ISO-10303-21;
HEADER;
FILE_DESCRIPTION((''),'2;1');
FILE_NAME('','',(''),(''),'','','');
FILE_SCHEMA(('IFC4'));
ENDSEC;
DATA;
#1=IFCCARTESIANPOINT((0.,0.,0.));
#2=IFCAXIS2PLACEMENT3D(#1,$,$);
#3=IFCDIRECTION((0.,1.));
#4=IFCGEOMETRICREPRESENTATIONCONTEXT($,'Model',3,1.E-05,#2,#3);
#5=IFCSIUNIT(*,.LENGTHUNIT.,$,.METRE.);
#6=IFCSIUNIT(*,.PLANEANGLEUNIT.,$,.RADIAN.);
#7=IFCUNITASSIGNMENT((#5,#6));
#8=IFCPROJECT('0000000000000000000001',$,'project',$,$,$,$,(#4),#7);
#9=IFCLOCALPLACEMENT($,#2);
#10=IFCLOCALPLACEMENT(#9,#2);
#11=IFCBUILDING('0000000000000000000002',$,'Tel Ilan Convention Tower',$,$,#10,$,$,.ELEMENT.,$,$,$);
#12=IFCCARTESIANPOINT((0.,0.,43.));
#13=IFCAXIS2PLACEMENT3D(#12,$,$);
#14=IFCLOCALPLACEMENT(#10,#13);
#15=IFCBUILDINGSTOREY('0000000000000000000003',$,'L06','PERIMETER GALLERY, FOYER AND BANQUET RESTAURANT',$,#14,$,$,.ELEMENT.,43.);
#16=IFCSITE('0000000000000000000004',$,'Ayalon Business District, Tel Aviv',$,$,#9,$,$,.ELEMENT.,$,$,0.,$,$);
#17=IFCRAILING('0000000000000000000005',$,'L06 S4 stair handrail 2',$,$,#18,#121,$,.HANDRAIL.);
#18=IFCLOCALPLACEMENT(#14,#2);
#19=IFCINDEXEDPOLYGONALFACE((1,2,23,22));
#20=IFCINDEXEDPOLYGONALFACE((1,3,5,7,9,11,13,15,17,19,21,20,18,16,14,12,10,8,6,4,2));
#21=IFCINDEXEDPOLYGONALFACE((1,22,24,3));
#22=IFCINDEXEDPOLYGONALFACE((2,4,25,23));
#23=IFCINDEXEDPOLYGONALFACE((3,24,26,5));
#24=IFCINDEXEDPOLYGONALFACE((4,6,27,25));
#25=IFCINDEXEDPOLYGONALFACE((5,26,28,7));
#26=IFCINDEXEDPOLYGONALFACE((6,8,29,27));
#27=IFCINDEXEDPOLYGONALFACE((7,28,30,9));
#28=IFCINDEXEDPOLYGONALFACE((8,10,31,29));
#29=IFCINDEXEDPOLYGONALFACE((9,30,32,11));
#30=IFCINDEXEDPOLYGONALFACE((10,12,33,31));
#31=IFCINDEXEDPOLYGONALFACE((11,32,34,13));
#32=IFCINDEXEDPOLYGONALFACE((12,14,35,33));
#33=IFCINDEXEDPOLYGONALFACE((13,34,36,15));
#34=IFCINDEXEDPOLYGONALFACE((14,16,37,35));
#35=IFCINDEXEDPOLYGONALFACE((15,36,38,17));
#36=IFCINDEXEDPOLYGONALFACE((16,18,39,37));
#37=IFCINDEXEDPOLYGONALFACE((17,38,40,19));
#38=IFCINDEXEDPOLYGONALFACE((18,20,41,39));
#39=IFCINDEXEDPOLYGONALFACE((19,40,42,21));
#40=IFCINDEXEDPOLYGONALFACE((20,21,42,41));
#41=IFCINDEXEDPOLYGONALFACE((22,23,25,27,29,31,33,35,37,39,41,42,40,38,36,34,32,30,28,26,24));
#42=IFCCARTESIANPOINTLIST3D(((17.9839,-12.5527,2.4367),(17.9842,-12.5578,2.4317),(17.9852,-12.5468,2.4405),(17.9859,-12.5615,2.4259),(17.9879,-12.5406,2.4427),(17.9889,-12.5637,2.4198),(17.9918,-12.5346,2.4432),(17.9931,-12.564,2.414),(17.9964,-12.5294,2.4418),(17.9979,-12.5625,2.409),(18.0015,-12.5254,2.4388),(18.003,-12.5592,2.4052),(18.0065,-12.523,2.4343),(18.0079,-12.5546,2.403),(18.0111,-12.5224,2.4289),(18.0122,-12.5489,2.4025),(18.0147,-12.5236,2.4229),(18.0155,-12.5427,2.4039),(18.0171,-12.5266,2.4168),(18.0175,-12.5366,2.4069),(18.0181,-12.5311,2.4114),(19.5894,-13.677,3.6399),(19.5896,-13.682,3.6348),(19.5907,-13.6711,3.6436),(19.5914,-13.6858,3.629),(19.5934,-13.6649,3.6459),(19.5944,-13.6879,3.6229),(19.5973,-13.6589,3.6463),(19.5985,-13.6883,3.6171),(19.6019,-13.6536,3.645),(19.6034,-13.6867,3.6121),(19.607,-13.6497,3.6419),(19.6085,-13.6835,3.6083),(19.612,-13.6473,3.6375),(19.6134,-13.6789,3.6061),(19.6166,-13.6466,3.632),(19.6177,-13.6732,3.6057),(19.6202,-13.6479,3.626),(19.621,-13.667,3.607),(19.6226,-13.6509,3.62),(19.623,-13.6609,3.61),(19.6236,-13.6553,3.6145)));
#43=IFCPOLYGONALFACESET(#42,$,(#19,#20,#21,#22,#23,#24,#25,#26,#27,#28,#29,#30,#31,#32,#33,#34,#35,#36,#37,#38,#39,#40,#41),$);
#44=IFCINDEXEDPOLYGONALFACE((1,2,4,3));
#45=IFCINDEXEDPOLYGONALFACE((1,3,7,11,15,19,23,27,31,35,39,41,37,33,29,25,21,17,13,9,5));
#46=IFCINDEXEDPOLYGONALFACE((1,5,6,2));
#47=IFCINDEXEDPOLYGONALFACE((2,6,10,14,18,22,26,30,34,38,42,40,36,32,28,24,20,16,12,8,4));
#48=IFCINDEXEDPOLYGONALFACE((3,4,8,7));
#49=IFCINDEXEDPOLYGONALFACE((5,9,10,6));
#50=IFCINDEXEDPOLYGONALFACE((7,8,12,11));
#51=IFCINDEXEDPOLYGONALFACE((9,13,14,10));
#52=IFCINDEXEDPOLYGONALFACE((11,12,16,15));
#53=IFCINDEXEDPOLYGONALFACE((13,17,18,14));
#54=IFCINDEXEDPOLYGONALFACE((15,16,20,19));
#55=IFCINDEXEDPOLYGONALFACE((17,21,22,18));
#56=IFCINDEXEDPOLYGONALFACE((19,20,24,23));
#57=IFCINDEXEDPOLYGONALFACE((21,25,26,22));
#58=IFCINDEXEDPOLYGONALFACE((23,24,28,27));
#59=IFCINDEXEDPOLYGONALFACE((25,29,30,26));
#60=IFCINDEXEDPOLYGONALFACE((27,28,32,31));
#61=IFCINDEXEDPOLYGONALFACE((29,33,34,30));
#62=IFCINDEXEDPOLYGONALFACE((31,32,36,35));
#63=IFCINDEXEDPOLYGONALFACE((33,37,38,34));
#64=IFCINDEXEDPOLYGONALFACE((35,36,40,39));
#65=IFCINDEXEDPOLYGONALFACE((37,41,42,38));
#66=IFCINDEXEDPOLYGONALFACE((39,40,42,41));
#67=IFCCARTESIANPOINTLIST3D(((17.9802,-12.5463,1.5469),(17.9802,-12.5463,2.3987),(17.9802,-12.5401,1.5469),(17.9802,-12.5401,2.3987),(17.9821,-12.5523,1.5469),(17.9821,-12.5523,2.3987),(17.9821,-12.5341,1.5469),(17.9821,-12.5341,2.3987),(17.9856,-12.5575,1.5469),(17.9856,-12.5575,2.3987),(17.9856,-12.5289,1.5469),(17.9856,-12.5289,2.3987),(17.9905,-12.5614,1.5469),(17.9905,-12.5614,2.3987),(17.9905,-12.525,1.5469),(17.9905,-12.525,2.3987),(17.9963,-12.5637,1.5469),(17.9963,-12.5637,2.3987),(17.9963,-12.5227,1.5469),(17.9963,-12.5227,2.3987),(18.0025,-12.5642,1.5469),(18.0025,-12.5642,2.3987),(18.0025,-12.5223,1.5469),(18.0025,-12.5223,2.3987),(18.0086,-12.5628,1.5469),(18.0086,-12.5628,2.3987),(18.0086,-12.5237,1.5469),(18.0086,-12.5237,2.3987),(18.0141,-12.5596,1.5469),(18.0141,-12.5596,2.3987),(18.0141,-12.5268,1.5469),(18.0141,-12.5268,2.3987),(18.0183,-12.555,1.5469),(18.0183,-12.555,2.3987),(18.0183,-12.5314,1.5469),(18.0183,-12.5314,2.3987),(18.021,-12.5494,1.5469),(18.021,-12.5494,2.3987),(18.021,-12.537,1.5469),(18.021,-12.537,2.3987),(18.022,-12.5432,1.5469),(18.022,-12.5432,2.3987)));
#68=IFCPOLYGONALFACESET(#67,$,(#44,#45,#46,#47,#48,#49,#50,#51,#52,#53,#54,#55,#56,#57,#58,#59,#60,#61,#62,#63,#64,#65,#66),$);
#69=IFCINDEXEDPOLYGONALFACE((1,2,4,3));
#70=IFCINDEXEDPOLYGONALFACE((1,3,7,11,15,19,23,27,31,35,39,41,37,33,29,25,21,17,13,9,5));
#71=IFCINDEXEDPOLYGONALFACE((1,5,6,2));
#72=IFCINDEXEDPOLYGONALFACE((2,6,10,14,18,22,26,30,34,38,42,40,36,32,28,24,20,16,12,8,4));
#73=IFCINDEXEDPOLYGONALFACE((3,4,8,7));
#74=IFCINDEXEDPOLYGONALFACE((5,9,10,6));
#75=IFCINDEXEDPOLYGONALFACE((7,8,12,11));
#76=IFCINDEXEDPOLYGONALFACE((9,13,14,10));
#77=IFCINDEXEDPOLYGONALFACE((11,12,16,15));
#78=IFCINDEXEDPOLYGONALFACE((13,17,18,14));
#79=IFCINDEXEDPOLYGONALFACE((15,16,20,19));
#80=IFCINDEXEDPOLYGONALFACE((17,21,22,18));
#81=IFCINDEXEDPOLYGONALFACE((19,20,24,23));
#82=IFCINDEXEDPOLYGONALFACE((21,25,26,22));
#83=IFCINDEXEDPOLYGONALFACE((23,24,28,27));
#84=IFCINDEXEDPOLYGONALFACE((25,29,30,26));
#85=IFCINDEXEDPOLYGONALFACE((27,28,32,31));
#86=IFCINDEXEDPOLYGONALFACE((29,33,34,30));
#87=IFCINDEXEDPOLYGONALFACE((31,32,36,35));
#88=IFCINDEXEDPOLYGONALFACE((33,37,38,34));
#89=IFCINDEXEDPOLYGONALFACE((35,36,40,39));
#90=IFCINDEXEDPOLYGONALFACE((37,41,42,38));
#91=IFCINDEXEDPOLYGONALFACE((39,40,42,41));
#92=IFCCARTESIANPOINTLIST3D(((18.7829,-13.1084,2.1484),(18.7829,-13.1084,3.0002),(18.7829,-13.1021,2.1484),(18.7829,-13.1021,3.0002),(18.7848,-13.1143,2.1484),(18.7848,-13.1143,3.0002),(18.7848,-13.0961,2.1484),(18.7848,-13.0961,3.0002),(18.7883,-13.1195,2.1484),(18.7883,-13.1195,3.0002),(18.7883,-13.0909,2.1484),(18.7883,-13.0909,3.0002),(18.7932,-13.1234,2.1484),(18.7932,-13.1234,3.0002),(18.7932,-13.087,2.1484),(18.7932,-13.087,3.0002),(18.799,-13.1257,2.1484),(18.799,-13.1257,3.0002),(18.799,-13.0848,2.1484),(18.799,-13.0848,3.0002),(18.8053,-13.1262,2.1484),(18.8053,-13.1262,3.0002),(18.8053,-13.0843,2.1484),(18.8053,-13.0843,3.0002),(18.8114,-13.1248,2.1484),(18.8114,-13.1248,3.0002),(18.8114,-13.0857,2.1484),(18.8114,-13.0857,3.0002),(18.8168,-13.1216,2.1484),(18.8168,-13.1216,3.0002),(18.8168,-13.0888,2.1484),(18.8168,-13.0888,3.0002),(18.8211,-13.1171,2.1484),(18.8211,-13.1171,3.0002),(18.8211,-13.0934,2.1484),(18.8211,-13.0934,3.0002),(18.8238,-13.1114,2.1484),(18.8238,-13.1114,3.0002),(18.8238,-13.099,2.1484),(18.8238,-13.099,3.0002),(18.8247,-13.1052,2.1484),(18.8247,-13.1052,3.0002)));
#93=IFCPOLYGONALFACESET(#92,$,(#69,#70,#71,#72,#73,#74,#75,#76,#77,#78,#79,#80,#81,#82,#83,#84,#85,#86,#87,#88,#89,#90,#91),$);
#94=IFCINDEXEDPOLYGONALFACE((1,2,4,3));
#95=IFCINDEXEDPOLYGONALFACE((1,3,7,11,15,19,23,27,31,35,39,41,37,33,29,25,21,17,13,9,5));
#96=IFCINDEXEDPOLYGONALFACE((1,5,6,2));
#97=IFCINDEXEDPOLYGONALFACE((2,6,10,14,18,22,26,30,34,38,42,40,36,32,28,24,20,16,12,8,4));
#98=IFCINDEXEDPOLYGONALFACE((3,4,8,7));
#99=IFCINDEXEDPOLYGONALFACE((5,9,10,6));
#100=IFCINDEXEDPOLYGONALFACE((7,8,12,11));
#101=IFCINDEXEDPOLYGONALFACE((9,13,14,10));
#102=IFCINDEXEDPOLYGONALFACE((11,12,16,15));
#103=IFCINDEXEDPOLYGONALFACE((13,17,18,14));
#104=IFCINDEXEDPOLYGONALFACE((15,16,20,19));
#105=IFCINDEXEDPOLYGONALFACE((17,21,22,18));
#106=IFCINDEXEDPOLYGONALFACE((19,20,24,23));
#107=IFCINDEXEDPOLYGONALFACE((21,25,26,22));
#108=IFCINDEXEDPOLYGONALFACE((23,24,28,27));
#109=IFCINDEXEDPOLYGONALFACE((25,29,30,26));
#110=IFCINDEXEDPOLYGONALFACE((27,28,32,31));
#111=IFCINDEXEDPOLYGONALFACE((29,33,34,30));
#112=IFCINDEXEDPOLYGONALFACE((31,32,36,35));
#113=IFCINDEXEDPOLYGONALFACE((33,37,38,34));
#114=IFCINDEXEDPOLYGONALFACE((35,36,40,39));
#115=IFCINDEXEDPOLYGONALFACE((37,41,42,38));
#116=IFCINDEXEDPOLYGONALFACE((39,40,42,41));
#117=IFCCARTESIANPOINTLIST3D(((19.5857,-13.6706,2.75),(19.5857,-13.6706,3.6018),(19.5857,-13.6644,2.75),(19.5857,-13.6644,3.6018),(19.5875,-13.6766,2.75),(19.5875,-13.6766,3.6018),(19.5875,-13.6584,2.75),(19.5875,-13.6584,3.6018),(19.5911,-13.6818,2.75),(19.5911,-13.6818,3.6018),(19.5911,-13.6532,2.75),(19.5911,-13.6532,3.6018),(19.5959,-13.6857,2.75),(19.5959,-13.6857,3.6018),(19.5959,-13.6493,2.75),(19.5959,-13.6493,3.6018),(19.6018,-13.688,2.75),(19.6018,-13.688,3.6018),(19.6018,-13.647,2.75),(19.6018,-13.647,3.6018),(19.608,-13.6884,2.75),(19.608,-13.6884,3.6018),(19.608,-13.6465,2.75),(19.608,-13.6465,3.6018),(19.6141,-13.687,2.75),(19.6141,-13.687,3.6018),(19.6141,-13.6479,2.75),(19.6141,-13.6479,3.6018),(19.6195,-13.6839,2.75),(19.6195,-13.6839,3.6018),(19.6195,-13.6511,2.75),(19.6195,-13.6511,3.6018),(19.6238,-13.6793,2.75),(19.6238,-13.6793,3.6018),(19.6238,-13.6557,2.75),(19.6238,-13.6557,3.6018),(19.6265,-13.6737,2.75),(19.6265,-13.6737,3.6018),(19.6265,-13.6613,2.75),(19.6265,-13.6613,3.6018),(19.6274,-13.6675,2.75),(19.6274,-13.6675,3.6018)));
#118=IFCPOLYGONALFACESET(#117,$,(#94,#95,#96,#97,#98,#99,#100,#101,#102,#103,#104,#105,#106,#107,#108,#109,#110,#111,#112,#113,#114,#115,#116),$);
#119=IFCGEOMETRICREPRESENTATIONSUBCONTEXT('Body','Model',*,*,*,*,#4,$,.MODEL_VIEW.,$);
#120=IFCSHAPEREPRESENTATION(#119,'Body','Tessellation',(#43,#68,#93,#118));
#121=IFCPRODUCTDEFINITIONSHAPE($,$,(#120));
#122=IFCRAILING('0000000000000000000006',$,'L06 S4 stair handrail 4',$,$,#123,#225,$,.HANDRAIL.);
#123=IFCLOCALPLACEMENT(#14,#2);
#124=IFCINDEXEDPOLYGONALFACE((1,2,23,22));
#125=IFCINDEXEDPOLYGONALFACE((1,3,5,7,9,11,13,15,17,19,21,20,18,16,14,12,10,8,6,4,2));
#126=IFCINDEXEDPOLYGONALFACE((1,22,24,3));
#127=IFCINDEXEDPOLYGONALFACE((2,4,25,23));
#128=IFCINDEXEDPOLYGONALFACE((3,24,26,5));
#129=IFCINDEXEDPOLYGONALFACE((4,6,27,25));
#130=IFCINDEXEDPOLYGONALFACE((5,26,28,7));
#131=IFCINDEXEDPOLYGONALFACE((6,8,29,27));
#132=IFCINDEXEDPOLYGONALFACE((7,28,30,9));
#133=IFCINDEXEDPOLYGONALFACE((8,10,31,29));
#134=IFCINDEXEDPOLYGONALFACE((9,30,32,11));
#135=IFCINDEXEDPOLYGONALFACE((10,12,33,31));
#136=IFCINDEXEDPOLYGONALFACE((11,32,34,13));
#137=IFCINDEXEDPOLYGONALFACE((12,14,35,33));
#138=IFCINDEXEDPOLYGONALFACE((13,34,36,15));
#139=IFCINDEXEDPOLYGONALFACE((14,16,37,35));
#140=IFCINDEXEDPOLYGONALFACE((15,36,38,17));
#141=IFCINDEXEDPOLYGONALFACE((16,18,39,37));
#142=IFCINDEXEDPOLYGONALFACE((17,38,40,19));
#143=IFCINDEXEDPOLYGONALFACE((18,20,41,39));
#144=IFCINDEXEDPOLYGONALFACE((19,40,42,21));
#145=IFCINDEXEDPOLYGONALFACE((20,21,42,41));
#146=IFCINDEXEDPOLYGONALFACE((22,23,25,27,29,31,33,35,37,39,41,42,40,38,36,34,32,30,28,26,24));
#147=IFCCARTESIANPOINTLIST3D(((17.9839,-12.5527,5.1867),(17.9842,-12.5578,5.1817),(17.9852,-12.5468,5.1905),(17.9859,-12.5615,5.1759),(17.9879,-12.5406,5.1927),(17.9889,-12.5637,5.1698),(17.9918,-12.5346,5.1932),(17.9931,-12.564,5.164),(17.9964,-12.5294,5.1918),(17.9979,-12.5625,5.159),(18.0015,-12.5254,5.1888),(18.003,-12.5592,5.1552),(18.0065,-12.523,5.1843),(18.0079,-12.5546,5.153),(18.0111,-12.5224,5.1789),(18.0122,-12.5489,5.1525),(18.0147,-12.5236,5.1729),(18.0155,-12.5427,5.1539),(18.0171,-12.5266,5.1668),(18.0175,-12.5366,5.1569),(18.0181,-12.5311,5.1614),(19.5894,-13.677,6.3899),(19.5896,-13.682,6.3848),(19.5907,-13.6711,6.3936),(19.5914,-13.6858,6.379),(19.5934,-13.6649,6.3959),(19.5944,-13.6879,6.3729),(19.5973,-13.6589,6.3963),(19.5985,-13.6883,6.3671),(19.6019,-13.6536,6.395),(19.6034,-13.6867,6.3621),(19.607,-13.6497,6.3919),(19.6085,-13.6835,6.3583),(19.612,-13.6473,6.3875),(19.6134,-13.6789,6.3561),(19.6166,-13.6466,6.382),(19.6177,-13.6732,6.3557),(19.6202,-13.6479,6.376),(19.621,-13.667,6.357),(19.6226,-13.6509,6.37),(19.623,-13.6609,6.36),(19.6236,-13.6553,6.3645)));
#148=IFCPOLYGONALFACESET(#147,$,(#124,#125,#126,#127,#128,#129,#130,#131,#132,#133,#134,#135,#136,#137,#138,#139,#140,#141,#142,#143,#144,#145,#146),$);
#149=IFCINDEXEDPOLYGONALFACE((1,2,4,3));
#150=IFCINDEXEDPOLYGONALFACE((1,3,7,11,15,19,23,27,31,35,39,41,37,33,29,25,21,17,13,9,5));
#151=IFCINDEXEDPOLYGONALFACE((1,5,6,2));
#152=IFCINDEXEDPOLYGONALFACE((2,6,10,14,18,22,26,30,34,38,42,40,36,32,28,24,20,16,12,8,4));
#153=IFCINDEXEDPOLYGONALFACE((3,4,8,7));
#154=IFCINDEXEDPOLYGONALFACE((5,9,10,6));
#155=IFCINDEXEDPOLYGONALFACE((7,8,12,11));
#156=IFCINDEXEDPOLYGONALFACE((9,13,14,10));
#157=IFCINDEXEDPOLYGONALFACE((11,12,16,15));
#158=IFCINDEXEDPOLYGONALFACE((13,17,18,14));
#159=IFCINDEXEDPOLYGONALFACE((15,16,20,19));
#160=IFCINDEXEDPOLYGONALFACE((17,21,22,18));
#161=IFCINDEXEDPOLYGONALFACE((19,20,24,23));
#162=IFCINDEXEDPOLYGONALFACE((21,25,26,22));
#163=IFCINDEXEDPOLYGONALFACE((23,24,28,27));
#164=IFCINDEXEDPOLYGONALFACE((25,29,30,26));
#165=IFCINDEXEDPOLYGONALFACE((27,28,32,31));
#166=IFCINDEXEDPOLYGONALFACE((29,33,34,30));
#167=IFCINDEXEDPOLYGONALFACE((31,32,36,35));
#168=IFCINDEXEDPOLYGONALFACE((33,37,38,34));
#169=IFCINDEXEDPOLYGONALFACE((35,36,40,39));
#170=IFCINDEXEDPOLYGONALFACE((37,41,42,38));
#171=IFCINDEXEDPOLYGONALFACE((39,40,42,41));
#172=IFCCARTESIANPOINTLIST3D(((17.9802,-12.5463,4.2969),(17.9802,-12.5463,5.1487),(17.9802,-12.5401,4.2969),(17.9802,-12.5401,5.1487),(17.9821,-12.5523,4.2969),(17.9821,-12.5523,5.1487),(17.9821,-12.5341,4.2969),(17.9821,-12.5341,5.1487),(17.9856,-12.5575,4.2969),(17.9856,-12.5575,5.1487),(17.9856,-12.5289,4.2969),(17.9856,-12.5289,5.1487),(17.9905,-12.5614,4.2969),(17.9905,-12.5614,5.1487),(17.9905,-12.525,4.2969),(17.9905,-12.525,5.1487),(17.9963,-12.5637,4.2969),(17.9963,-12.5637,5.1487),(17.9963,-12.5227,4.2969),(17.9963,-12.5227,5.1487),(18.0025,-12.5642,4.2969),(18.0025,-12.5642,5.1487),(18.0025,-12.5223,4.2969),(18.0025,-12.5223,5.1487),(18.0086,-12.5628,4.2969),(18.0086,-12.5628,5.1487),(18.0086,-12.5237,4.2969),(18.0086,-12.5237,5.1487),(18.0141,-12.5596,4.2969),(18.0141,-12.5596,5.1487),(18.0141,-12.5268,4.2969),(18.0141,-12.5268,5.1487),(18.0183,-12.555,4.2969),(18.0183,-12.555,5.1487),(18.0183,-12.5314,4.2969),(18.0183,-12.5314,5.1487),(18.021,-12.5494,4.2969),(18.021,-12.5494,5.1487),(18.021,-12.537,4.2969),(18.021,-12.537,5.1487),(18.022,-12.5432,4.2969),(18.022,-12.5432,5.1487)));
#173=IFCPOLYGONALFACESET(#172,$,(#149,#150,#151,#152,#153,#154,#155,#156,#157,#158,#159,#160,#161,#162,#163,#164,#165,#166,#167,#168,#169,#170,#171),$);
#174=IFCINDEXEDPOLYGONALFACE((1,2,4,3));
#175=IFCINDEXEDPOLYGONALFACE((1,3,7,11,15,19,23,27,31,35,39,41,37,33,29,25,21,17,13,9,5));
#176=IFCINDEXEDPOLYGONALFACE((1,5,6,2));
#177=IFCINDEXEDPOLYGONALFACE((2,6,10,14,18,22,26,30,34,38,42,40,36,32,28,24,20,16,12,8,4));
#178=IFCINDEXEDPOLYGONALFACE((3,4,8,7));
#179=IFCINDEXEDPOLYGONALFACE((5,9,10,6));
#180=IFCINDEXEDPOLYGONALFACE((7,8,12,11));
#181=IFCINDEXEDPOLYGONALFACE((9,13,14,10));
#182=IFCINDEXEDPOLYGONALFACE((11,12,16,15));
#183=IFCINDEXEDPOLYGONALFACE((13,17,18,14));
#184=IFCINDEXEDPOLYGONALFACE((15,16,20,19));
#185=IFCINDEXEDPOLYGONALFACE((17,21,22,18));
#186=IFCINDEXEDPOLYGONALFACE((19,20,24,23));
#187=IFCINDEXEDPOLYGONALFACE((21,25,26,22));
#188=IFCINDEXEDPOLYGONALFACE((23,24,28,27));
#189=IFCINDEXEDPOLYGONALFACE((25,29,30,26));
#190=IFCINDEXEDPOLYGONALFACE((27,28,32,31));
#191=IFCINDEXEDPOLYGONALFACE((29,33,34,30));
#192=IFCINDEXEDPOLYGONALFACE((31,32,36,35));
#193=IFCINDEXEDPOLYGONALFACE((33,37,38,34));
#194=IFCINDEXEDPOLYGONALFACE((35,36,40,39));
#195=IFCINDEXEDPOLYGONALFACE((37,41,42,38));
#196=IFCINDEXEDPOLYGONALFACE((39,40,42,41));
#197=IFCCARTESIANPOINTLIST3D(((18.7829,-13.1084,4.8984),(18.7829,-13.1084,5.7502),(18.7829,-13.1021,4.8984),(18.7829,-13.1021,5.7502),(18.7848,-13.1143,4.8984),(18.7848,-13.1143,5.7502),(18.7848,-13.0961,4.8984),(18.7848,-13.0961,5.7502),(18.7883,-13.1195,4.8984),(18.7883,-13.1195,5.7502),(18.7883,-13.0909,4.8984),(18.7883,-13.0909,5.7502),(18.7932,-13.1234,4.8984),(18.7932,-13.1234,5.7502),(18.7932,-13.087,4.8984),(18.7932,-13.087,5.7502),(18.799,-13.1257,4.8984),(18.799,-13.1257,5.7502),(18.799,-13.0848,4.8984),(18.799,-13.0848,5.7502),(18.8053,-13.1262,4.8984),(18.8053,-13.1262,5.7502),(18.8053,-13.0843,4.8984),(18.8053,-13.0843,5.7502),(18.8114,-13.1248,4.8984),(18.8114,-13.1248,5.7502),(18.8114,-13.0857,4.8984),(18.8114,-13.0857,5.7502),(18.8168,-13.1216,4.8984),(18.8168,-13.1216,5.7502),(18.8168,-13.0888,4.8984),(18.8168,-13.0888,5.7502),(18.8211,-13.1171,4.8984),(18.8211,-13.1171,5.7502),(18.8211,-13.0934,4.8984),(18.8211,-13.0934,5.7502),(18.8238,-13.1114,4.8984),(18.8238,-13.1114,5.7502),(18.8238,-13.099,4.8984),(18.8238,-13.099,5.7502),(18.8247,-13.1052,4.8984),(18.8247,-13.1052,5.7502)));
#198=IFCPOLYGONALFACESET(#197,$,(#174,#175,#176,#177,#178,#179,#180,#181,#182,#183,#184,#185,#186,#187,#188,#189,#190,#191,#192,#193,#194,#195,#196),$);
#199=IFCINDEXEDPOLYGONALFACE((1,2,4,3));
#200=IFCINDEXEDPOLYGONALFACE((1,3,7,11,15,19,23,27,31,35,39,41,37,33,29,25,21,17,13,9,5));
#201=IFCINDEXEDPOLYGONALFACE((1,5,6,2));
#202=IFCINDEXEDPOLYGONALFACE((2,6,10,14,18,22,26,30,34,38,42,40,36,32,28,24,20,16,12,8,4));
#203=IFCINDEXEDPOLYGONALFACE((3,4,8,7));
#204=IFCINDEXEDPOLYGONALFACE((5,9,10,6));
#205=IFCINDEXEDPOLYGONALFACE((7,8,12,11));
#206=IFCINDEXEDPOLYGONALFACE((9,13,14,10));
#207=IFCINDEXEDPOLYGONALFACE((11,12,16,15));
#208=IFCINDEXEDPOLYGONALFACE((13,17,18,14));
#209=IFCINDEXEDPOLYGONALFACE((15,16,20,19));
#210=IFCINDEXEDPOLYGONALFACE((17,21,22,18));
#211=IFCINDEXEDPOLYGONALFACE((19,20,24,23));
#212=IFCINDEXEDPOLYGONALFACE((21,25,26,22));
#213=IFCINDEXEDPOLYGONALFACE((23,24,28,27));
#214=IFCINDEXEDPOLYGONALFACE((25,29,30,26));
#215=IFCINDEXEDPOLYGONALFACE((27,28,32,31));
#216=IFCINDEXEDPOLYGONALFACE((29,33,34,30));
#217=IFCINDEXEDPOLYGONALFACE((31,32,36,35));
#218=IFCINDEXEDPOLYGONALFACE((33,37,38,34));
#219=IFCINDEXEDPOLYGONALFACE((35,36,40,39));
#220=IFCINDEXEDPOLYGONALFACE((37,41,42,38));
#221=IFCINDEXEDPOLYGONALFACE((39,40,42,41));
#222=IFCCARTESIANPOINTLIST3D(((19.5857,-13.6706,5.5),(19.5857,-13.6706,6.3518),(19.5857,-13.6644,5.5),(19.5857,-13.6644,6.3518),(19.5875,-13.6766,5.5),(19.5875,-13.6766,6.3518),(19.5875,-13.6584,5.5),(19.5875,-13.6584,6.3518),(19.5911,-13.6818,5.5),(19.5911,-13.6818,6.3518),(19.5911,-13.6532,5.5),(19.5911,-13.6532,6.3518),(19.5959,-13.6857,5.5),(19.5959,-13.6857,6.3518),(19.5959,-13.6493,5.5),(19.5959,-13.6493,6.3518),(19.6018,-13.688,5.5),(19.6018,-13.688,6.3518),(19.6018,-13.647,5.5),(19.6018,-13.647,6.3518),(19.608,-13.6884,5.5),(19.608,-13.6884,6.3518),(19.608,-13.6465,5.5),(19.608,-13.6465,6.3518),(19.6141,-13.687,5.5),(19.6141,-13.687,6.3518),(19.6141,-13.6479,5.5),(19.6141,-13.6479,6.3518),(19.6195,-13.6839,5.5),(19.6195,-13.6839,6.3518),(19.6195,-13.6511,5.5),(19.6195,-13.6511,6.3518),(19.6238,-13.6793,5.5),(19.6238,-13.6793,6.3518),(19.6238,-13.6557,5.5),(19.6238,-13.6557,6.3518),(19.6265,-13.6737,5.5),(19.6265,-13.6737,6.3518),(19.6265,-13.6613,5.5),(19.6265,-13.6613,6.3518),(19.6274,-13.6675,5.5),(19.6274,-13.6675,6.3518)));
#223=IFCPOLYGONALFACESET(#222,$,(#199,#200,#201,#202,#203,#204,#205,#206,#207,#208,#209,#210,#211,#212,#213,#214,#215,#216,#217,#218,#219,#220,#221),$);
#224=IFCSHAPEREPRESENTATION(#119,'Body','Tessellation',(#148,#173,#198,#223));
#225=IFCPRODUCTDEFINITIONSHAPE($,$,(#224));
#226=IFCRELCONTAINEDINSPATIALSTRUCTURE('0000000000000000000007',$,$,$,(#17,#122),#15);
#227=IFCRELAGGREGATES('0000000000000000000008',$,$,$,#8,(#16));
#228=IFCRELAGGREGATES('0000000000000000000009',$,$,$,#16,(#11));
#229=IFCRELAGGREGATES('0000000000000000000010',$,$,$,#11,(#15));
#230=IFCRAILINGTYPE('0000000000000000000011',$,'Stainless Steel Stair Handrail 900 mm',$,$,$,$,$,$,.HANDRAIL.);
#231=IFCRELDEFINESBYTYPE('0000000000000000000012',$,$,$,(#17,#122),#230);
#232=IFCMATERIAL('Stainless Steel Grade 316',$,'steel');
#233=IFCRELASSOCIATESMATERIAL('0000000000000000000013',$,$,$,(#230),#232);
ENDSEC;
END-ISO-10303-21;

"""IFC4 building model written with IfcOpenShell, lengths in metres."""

from ifc_helpers import new_model, si_unit, direction, frame, origin, origin_2d, place, context, subcontext, project, spatial, circle, extrude, material, type_object, element, save


model = new_model("IFC4")

# Units and contexts
model_context = context("Model", 3, precision=1e-05, world=origin(), true_north=direction((0.0, 1.0)))
body_context = subcontext(model_context, "Body", "Model", "MODEL_VIEW")
ifc_project = project(units=[si_unit("LENGTHUNIT", "METRE"), si_unit("PLANEANGLEUNIT", "RADIAN")], contexts=[model_context])

# Site, building, storey
site_placement = place(None, origin())
site = spatial("IfcSite", under=ifc_project, at=site_placement, Name="Ayalon Business District, Tel Aviv", CompositionType="ELEMENT", RefElevation=0.0)
building_placement = place(site_placement, origin())
building = spatial("IfcBuilding", under=site, at=building_placement, Name="Tel Ilan Convention Tower", CompositionType="ELEMENT")
storey_placement = place(building_placement, frame((0.0, 0.0, 43.0)))
storey = spatial("IfcBuildingStorey", under=building, at=storey_placement, Name="L06", Description="PERIMETER GALLERY, FOYER AND BANQUET RESTAURANT", CompositionType="ELEMENT", Elevation=43.0)

# Railings
ifc_material_1 = material(Name="Stainless Steel Grade 316", Category="steel")
railing_type_1 = type_object("IfcRailingType", Name="Stainless Steel Stair Handrail 900 mm", PredefinedType="HANDRAIL", material=ifc_material_1)
for number, where, name in (
    (1, (18.001, -12.5432, 1.5469), "L06 S4 stair handrail 2"),
    (2, (18.001, -12.5432, 4.2969), "L06 S4 stair handrail 4"),
):
    element("IfcRailing", number, at=place(storey_placement, frame(where)), inside=storey, type_object=railing_type_1, Name=name, PredefinedType="HANDRAIL", context=body_context, shape_type="SweptSolid", body=[
        extrude(circle(Radius=0.0239, at=origin_2d()), frame((0.0, 0.0, 0.876), z_axis=(0.698095, -0.488857, 0.523146), x_axis=(0.573613, 0.819127, 0.0)), (0.0, 0.0, 1.0), 2.2998),
        extrude(circle(Radius=0.021, at=origin_2d()), origin(), (0.0, 0.0, 1.0), 0.8518),
        extrude(circle(Radius=0.021, at=origin_2d()), frame((0.8027, -0.562, 0.6016)), (0.0, 0.0, 1.0), 0.8518),
        extrude(circle(Radius=0.021, at=origin_2d()), frame((1.6055, -1.1243, 1.2031)), (0.0, 0.0, 1.0), 0.8518),
    ])

save(model, "model.ifc")
